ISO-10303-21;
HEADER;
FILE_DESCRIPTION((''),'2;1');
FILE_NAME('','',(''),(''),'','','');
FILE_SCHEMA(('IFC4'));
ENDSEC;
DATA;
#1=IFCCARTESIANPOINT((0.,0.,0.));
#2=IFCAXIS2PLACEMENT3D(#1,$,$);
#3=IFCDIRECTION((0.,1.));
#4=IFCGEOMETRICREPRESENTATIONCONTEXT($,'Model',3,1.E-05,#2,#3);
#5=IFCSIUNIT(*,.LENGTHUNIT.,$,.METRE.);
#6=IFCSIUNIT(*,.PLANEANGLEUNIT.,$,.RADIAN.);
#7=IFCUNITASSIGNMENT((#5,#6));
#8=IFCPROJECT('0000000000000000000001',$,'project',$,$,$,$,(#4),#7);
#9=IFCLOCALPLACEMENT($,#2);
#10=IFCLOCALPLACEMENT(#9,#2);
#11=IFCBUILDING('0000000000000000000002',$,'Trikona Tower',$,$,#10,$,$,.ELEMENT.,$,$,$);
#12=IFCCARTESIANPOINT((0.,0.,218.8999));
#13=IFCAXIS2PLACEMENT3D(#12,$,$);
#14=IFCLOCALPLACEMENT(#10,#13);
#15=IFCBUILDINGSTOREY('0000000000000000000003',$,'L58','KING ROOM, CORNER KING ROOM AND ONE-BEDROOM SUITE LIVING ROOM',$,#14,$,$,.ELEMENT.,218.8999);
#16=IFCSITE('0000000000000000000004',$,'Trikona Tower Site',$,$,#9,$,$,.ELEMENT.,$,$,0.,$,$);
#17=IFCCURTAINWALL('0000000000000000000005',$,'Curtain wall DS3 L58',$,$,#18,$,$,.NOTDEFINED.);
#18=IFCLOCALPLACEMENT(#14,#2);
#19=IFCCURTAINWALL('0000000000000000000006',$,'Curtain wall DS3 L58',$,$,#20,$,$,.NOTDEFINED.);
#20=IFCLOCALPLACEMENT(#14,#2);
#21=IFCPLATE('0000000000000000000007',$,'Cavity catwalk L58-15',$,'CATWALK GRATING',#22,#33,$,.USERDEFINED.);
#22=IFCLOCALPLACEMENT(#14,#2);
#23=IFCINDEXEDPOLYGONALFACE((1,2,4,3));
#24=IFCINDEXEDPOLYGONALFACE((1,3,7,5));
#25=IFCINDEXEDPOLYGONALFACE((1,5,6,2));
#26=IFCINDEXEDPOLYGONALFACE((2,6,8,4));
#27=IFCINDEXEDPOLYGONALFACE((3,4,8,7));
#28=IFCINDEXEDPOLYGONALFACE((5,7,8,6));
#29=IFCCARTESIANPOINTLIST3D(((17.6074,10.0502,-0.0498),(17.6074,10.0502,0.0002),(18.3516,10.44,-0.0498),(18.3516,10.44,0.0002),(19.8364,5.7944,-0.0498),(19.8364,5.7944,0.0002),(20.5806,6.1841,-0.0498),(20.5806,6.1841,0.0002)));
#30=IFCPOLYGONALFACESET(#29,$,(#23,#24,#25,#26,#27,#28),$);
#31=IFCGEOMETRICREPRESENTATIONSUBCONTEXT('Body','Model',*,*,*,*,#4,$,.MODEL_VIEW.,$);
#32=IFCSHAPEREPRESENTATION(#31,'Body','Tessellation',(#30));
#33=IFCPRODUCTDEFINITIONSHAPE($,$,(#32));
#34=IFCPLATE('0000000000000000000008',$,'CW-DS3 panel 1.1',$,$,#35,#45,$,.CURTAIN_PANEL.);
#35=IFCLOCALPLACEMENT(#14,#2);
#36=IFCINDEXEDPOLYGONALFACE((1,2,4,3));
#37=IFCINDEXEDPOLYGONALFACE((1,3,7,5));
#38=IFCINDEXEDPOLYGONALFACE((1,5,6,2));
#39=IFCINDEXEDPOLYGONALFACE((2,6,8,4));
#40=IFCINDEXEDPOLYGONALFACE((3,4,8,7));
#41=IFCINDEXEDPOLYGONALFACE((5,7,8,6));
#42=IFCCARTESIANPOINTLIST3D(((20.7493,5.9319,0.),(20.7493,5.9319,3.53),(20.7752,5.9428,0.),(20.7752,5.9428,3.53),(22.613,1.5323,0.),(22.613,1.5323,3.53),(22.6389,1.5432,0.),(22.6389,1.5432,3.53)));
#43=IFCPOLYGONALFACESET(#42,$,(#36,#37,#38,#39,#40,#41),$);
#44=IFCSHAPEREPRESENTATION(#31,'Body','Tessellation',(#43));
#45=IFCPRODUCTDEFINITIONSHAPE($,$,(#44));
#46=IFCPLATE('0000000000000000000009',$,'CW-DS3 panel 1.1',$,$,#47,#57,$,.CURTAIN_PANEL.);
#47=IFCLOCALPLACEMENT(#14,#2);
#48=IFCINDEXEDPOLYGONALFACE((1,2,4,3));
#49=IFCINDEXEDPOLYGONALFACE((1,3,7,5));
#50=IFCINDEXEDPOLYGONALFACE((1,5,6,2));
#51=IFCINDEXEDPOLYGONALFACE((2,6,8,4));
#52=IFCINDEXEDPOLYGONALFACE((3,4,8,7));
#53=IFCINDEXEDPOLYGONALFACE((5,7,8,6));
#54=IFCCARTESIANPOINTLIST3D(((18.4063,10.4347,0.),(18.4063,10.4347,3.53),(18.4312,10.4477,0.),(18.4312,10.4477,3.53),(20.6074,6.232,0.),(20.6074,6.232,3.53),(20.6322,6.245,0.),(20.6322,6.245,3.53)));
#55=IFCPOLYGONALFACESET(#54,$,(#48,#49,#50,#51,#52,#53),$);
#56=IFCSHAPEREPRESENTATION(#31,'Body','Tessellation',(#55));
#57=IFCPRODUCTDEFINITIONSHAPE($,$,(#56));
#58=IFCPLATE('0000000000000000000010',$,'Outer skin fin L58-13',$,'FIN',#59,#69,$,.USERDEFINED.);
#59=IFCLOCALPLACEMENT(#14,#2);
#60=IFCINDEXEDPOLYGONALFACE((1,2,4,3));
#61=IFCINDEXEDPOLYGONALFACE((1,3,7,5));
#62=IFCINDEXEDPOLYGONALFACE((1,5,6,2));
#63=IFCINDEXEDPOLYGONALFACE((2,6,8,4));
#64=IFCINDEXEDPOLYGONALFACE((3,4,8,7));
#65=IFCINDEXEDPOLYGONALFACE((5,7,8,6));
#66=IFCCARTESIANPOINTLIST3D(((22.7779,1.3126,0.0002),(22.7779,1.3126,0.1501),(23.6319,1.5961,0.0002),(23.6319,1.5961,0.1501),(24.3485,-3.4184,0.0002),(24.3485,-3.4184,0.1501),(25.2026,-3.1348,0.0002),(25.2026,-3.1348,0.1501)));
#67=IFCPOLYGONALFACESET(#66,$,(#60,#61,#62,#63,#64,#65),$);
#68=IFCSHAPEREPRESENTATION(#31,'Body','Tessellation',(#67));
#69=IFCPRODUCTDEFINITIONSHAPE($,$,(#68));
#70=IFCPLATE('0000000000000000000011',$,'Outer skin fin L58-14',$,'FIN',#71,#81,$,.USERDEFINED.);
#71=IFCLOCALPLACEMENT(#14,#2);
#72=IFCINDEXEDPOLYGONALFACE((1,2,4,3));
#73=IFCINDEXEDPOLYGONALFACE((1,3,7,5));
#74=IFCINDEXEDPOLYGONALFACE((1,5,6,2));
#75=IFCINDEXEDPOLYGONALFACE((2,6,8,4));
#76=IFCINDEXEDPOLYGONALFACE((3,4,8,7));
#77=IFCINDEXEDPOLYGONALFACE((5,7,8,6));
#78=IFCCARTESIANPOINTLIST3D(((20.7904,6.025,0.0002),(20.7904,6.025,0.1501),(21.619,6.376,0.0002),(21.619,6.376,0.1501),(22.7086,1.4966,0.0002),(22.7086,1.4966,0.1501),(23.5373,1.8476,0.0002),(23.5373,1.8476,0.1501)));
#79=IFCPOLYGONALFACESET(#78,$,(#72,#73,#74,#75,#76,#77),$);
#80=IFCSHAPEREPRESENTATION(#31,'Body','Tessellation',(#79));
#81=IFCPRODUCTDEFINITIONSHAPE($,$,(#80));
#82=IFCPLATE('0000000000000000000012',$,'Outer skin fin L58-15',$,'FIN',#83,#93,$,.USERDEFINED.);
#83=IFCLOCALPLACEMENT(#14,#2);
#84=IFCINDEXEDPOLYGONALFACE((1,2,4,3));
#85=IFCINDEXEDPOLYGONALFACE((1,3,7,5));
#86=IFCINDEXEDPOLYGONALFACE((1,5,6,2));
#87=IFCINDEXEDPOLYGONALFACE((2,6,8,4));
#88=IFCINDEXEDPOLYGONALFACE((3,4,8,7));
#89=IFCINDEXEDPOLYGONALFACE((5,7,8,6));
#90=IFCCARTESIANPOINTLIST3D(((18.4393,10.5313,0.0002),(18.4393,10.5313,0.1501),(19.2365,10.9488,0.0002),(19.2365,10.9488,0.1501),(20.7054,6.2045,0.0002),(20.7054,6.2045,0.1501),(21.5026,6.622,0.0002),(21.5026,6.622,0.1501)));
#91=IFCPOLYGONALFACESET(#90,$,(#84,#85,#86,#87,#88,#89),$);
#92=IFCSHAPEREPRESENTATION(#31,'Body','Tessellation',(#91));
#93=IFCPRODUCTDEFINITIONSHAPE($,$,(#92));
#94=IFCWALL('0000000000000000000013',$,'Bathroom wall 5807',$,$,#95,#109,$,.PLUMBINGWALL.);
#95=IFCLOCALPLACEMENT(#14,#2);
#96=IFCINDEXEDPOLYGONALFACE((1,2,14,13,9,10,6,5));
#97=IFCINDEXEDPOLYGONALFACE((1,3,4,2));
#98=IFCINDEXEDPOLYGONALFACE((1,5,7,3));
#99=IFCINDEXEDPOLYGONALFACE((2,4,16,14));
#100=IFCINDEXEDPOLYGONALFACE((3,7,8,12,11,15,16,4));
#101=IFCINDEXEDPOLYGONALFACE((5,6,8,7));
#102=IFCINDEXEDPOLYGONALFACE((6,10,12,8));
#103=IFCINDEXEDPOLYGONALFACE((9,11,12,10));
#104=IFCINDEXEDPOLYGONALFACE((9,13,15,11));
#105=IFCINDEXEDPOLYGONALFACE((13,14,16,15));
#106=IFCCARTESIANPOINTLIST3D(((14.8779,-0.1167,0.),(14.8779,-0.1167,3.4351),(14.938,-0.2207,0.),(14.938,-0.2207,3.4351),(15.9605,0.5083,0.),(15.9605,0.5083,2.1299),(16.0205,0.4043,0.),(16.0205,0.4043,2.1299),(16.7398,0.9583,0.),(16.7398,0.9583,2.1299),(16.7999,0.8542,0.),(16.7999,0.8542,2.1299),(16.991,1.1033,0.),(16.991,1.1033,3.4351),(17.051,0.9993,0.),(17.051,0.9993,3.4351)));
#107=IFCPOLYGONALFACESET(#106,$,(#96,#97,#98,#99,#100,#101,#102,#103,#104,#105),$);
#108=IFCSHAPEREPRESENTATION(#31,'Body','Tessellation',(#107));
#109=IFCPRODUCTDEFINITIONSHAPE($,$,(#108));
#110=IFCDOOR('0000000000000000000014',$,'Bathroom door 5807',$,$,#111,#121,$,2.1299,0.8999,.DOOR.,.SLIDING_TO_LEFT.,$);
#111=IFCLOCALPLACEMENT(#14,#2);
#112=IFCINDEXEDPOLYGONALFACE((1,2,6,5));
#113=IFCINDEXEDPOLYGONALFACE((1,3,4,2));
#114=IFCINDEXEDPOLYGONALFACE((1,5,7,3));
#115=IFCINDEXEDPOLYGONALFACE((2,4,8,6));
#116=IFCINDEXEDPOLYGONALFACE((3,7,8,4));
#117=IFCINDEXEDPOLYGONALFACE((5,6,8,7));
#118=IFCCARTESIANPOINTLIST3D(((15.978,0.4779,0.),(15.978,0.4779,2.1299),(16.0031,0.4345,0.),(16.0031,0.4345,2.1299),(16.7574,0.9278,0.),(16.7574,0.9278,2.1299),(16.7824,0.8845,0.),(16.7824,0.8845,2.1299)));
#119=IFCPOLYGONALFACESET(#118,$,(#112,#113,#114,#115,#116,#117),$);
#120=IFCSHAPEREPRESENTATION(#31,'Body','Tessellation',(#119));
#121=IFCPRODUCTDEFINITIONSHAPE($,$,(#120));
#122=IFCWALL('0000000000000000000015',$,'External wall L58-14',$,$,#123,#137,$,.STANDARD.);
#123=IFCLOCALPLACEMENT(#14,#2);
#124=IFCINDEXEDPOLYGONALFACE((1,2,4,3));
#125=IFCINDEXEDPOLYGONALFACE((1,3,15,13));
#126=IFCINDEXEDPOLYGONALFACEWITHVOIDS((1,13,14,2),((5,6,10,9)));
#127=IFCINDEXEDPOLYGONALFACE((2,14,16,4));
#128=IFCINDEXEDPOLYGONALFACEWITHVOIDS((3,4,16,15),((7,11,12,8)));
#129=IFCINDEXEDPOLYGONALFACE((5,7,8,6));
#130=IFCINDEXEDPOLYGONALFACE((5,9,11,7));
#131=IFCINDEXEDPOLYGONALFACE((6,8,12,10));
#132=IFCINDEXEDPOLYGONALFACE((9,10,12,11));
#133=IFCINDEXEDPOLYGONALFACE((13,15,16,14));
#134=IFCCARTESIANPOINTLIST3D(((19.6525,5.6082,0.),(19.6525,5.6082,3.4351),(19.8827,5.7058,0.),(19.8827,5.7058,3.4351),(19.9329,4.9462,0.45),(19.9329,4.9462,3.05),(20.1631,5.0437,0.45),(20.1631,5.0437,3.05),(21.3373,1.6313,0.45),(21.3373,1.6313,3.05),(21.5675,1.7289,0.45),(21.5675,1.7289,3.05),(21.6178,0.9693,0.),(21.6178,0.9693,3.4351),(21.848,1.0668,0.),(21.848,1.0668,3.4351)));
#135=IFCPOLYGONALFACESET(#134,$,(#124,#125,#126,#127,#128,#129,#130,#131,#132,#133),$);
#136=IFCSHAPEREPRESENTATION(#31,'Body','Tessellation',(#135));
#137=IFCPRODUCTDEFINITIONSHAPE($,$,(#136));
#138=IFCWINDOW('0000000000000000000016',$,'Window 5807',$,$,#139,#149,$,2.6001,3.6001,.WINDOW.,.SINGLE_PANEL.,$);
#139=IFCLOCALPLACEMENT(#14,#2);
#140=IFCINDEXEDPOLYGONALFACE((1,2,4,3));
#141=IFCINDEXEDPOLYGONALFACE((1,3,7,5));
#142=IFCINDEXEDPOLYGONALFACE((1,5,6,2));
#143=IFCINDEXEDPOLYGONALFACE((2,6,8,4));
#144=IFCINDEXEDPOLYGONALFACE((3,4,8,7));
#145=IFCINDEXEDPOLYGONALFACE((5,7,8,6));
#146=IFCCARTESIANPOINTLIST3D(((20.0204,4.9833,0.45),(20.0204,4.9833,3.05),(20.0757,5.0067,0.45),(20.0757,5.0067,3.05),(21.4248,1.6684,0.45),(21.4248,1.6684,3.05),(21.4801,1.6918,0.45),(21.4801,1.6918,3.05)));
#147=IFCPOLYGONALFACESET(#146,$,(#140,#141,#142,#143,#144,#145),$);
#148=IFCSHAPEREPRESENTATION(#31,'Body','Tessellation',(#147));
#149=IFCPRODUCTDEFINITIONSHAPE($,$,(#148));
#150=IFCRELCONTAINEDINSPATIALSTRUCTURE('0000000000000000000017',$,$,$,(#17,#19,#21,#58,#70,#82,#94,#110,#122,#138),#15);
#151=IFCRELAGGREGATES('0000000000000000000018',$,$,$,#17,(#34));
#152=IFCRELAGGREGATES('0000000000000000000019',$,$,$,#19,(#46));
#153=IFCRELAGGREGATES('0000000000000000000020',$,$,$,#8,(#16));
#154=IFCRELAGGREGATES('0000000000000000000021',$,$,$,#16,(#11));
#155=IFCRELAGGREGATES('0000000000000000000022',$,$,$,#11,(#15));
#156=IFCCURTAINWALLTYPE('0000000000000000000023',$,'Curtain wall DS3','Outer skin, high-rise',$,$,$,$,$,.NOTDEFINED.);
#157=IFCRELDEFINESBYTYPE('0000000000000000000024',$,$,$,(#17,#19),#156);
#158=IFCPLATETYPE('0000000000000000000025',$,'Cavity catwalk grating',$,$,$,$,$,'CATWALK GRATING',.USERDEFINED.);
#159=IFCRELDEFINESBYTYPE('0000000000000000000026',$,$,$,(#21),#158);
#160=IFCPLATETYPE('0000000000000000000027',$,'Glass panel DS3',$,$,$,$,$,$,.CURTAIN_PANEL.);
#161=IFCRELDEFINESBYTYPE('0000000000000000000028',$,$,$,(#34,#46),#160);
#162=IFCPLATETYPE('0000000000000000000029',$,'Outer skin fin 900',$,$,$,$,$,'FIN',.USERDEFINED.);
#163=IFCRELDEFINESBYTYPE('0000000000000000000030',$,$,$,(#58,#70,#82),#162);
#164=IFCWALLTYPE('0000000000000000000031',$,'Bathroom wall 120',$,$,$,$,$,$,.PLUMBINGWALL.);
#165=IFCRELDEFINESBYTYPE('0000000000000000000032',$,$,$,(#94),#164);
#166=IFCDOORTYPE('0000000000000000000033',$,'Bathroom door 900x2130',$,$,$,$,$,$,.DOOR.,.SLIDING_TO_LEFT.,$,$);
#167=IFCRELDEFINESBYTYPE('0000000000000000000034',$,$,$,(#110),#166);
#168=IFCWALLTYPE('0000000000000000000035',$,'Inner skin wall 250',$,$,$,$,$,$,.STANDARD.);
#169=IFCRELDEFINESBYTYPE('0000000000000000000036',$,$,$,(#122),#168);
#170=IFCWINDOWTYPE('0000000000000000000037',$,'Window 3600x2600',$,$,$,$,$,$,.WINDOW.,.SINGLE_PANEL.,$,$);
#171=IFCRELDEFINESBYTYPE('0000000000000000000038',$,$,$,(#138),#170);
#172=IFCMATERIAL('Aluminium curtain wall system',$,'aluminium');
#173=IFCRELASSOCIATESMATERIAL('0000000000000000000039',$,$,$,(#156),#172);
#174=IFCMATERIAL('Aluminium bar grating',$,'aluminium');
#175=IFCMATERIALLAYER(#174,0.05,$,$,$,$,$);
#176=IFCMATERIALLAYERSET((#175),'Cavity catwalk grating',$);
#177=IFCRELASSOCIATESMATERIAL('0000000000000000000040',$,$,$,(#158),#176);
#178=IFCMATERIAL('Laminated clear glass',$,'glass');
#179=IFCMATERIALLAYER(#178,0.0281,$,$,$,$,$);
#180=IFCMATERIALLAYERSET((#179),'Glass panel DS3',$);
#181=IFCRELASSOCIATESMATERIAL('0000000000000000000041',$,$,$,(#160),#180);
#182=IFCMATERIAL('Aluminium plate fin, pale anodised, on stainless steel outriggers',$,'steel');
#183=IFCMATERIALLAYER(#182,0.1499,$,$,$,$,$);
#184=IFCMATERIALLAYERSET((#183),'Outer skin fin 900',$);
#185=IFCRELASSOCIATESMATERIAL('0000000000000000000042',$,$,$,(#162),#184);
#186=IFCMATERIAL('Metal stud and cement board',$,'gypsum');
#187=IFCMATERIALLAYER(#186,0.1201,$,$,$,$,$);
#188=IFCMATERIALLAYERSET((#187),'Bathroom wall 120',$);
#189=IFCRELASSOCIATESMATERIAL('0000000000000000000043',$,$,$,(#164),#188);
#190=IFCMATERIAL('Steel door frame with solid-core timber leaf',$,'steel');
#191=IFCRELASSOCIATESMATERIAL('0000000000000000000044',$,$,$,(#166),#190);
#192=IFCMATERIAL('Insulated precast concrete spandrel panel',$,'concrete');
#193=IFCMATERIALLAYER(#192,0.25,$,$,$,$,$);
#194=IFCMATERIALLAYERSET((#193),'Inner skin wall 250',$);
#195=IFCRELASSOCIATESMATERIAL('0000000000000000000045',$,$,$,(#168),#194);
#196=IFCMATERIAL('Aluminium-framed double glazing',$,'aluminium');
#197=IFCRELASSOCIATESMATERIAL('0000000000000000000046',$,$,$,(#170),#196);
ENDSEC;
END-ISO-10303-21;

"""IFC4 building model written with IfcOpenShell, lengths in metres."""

from ifc_helpers import new_model, si_unit, direction, frame, frame_2d, origin, origin_2d, place, context, subcontext, project, spatial, rectangle, extrude, material, layer, layer_set, type_object, element, fill, aggregate, save


model = new_model("IFC4")

# Units and contexts
model_context = context("Model", 3, precision=1e-05, world=origin(), true_north=direction((0.0, 1.0)))
body_context = subcontext(model_context, "Body", "Model", "MODEL_VIEW")
ifc_project = project(units=[si_unit("LENGTHUNIT", "METRE"), si_unit("PLANEANGLEUNIT", "RADIAN")], contexts=[model_context])

# Site, building, storey
site_placement = place(None, origin())
site = spatial("IfcSite", under=ifc_project, at=site_placement, Name="Trikona Tower Site", CompositionType="ELEMENT", RefElevation=0.0)
building_placement = place(site_placement, origin())
building = spatial("IfcBuilding", under=site, at=building_placement, Name="Trikona Tower", CompositionType="ELEMENT")
storey_placement = place(building_placement, frame((0.0, 0.0, 218.8999)))
storey = spatial("IfcBuildingStorey", under=building, at=storey_placement, Name="L58", Description="KING ROOM, CORNER KING ROOM AND ONE-BEDROOM SUITE LIVING ROOM", CompositionType="ELEMENT", Elevation=218.8999)

# Shared definitions
ifc_material_1 = material(Name="Aluminium curtain wall system", Category="aluminium")
curtain_wall_type = type_object("IfcCurtainWallType", Name="Curtain wall DS3", Description="Outer skin, high-rise", PredefinedType="NOTDEFINED", material=ifc_material_1)

# Curtain walls
curtain_wall_1_placement = place(storey_placement, origin())
curtain_wall_1 = element("IfcCurtainWall", 1, at=curtain_wall_1_placement, inside=storey, type_object=curtain_wall_type, Name="Curtain wall DS3 L58", PredefinedType="NOTDEFINED")
curtain_wall_2_placement = place(storey_placement, origin())
curtain_wall_2 = element("IfcCurtainWall", 2, at=curtain_wall_2_placement, inside=storey, type_object=curtain_wall_type, Name="Curtain wall DS3 L58", PredefinedType="NOTDEFINED")

# Plate
ifc_material_2 = material(Name="Aluminium bar grating", Category="aluminium")
ifc_layer_1 = layer(ifc_material_2, 0.05)
ifc_layer_set_1 = layer_set([ifc_layer_1], Name="Cavity catwalk grating")
plate_type_1 = type_object("IfcPlateType", Name="Cavity catwalk grating", ElementType="CATWALK GRATING", PredefinedType="USERDEFINED", material=ifc_layer_set_1)
plate_1_placement = place(storey_placement, frame((19.094, 8.1172, -0.0498), z_axis=(0.0, 0.0, 1.0), x_axis=(-0.463952, 0.88586, 0.0)))
element("IfcPlate", 3, at=plate_1_placement, inside=storey, type_object=plate_type_1, Name="Cavity catwalk L58-15", ObjectType="CATWALK GRATING", PredefinedType="USERDEFINED", context=body_context, shape_type="SweptSolid", body=[
    extrude(rectangle(XDim=4.8042, YDim=0.8401, at=origin_2d()), origin(), (0.0, 0.0, 1.0), 0.05),
])

# Plates
ifc_material_3 = material(Name="Laminated clear glass", Category="glass")
ifc_layer_2 = layer(ifc_material_3, 0.0281)
ifc_layer_set_2 = layer_set([ifc_layer_2], Name="Glass panel DS3")
plate_type_2 = type_object("IfcPlateType", Name="Glass panel DS3", PredefinedType="CURTAIN_PANEL", material=ifc_layer_set_2)
plate_2_placement = place(storey_placement, frame((21.6941, 3.7375, 0.0), z_axis=(0.0, 0.0, 1.0), x_axis=(-0.390053, 0.920792, 0.0)))
plate_2 = element("IfcPlate", 4, at=plate_2_placement, type_object=plate_type_2, Name="CW-DS3 panel 1.1", PredefinedType="CURTAIN_PANEL", context=body_context, shape_type="SweptSolid", body=[
    extrude(rectangle(XDim=4.7781, YDim=0.0281, at=origin_2d()), origin(), (0.0, 0.0, 1.0), 3.53),
])
aggregate(curtain_wall_1, [plate_2])
plate_3_placement = place(storey_placement, frame((19.5193, 8.3398, 0.0), z_axis=(0.0, 0.0, 1.0), x_axis=(-0.463948, 0.885862, 0.0)))
plate_3 = element("IfcPlate", 5, at=plate_3_placement, type_object=plate_type_2, Name="CW-DS3 panel 1.1", PredefinedType="CURTAIN_PANEL", context=body_context, shape_type="SweptSolid", body=[
    extrude(rectangle(XDim=4.7441, YDim=0.0281, at=origin_2d()), origin(), (0.0, 0.0, 1.0), 3.53),
])
aggregate(curtain_wall_2, [plate_3])

# Plates
ifc_material_4 = material(Name="Aluminium plate fin, pale anodised, on stainless steel outriggers", Category="steel")
ifc_layer_3 = layer(ifc_material_4, 0.1499)
ifc_layer_set_3 = layer_set([ifc_layer_3], Name="Outer skin fin 900")
plate_type_3 = type_object("IfcPlateType", Name="Outer skin fin 900", ElementType="FIN", PredefinedType="USERDEFINED", material=ifc_layer_set_3)
plate_4_placement = place(storey_placement, frame((23.9902, -0.9111, 0.0002), z_axis=(0.0, 0.0, 1.0), x_axis=(-0.315093, 0.949061, 0.0)))
element("IfcPlate", 6, at=plate_4_placement, inside=storey, type_object=plate_type_3, Name="Outer skin fin L58-13", ObjectType="FIN", PredefinedType="USERDEFINED", context=body_context, shape_type="SweptSolid", body=[
    extrude(rectangle(XDim=4.9849, YDim=0.8999, at=origin_2d()), origin(), (0.0, 0.0, 1.0), 0.1499),
])
plate_5_placement = place(storey_placement, frame((22.1638, 3.9363, 0.0002), z_axis=(0.0, 0.0, 1.0), x_axis=(-0.390051, 0.920793, 0.0)))
element("IfcPlate", 7, at=plate_5_placement, inside=storey, type_object=plate_type_3, Name="Outer skin fin L58-14", ObjectType="FIN", PredefinedType="USERDEFINED", context=body_context, shape_type="SweptSolid", body=[
    extrude(rectangle(XDim=4.918, YDim=0.8999, at=origin_2d()), origin(), (0.0, 0.0, 1.0), 0.1499),
])
plate_6_placement = place(storey_placement, frame((19.9709, 8.5767, 0.0002), z_axis=(0.0, 0.0, 1.0), x_axis=(-0.463952, 0.88586, 0.0)))
element("IfcPlate", 8, at=plate_6_placement, inside=storey, type_object=plate_type_3, Name="Outer skin fin L58-15", ObjectType="FIN", PredefinedType="USERDEFINED", context=body_context, shape_type="SweptSolid", body=[
    extrude(rectangle(XDim=4.8843, YDim=0.8999, at=origin_2d()), origin(), (0.0, 0.0, 1.0), 0.1499),
])

# Wall, opening, door
ifc_material_5 = material(Name="Metal stud and cement board", Category="gypsum")
ifc_layer_4 = layer(ifc_material_5, 0.1201)
ifc_layer_set_4 = layer_set([ifc_layer_4], Name="Bathroom wall 120")
wall_type_1 = type_object("IfcWallType", Name="Bathroom wall 120", PredefinedType="PLUMBINGWALL", material=ifc_layer_set_4)
wall_1_placement = place(storey_placement, frame((14.908, -0.1687, 0.0), z_axis=(0.0, 0.0, 1.0), x_axis=(0.866024, 0.500003, 0.0)))
wall_1 = element("IfcWall", 9, at=wall_1_placement, inside=storey, type_object=wall_type_1, Name="Bathroom wall 5807", PredefinedType="PLUMBINGWALL", context=body_context, shape_type="SweptSolid", body=[
    extrude(rectangle(XDim=2.4399, YDim=0.1201, at=frame_2d((1.22, 0.0))), origin(), (0.0, 0.0, 1.0), 3.4351),
])
opening_1_placement = place(wall_1_placement, frame((1.25, 0.0, 0.0)))
opening_1 = element("IfcOpeningElement", 10, at=opening_1_placement, cuts=wall_1, PredefinedType="OPENING", context=body_context, shape_type="SweptSolid", body=[
    extrude(rectangle(XDim=0.8999, YDim=2.1299, at=frame_2d((0.45, 1.0649))), frame((0.0, 0.0701, 0.0), z_axis=(0.0, -1.0, 0.0), x_axis=(1.0, 0.0, 0.0)), (0.0, 0.0, 1.0), 0.1401),
])
ifc_material_6 = material(Name="Steel door frame with solid-core timber leaf", Category="steel")
door_type = type_object("IfcDoorType", Name="Bathroom door 900x2130", OperationType="SLIDING_TO_LEFT", PredefinedType="DOOR", material=ifc_material_6)
door_placement = place(opening_1_placement, origin())
door = element("IfcDoor", 11, at=door_placement, inside=storey, type_object=door_type, Name="Bathroom door 5807", OperationType="SLIDING_TO_LEFT", OverallHeight=2.1299, OverallWidth=0.8999, PredefinedType="DOOR", context=body_context, shape_type="SweptSolid", body=[
    extrude(rectangle(XDim=0.8999, YDim=2.1299, at=frame_2d((0.45, 1.0649))), frame((0.0, 0.0249, 0.0), z_axis=(0.0, -1.0, 0.0), x_axis=(1.0, 0.0, 0.0)), (0.0, 0.0, 1.0), 0.05),
])
fill(opening_1, door)

# Wall, opening, window
ifc_material_7 = material(Name="Insulated precast concrete spandrel panel", Category="concrete")
ifc_layer_5 = layer(ifc_material_7, 0.25)
ifc_layer_set_5 = layer_set([ifc_layer_5], Name="Inner skin wall 250")
wall_type_2 = type_object("IfcWallType", Name="Inner skin wall 250", PredefinedType="STANDARD", material=ifc_layer_set_5)
wall_2_placement = place(storey_placement, frame((21.7329, 1.0181, 0.0), z_axis=(0.0, 0.0, 1.0), x_axis=(-0.390097, 0.920774, 0.0)))
wall_2 = element("IfcWall", 12, at=wall_2_placement, inside=storey, type_object=wall_type_2, Name="External wall L58-14", PredefinedType="STANDARD", context=body_context, shape_type="SweptSolid", body=[
    extrude(rectangle(XDim=5.0381, YDim=0.25, at=frame_2d((2.519, 0.0))), origin(), (0.0, 0.0, 1.0), 3.4351),
])
opening_2_placement = place(wall_2_placement, frame((0.719, 0.0, 0.45)))
opening_2 = element("IfcOpeningElement", 13, at=opening_2_placement, cuts=wall_2, PredefinedType="OPENING", context=body_context, shape_type="SweptSolid", body=[
    extrude(rectangle(XDim=3.6001, YDim=2.6001, at=frame_2d((1.8, 1.3))), frame((0.0, 0.135, 0.0), z_axis=(0.0, -1.0, 0.0), x_axis=(1.0, 0.0, 0.0)), (0.0, 0.0, 1.0), 0.27),
])
ifc_material_8 = material(Name="Aluminium-framed double glazing", Category="aluminium")
window_type = type_object("IfcWindowType", Name="Window 3600x2600", PartitioningType="SINGLE_PANEL", PredefinedType="WINDOW", material=ifc_material_8)
window_1_placement = place(opening_2_placement, origin())
window_1 = element("IfcWindow", 14, at=window_1_placement, inside=storey, type_object=window_type, Name="Window 5807", OverallHeight=2.6001, OverallWidth=3.6001, PartitioningType="SINGLE_PANEL", PredefinedType="WINDOW", context=body_context, shape_type="SweptSolid", body=[
    extrude(rectangle(XDim=3.6001, YDim=2.6001, at=frame_2d((1.8, 1.3))), frame((0.0, 0.03, 0.0), z_axis=(0.0, -1.0, 0.0), x_axis=(1.0, 0.0, 0.0)), (0.0, 0.0, 1.0), 0.0601),
])
fill(opening_2, window_1)

save(model, "model.ifc")
